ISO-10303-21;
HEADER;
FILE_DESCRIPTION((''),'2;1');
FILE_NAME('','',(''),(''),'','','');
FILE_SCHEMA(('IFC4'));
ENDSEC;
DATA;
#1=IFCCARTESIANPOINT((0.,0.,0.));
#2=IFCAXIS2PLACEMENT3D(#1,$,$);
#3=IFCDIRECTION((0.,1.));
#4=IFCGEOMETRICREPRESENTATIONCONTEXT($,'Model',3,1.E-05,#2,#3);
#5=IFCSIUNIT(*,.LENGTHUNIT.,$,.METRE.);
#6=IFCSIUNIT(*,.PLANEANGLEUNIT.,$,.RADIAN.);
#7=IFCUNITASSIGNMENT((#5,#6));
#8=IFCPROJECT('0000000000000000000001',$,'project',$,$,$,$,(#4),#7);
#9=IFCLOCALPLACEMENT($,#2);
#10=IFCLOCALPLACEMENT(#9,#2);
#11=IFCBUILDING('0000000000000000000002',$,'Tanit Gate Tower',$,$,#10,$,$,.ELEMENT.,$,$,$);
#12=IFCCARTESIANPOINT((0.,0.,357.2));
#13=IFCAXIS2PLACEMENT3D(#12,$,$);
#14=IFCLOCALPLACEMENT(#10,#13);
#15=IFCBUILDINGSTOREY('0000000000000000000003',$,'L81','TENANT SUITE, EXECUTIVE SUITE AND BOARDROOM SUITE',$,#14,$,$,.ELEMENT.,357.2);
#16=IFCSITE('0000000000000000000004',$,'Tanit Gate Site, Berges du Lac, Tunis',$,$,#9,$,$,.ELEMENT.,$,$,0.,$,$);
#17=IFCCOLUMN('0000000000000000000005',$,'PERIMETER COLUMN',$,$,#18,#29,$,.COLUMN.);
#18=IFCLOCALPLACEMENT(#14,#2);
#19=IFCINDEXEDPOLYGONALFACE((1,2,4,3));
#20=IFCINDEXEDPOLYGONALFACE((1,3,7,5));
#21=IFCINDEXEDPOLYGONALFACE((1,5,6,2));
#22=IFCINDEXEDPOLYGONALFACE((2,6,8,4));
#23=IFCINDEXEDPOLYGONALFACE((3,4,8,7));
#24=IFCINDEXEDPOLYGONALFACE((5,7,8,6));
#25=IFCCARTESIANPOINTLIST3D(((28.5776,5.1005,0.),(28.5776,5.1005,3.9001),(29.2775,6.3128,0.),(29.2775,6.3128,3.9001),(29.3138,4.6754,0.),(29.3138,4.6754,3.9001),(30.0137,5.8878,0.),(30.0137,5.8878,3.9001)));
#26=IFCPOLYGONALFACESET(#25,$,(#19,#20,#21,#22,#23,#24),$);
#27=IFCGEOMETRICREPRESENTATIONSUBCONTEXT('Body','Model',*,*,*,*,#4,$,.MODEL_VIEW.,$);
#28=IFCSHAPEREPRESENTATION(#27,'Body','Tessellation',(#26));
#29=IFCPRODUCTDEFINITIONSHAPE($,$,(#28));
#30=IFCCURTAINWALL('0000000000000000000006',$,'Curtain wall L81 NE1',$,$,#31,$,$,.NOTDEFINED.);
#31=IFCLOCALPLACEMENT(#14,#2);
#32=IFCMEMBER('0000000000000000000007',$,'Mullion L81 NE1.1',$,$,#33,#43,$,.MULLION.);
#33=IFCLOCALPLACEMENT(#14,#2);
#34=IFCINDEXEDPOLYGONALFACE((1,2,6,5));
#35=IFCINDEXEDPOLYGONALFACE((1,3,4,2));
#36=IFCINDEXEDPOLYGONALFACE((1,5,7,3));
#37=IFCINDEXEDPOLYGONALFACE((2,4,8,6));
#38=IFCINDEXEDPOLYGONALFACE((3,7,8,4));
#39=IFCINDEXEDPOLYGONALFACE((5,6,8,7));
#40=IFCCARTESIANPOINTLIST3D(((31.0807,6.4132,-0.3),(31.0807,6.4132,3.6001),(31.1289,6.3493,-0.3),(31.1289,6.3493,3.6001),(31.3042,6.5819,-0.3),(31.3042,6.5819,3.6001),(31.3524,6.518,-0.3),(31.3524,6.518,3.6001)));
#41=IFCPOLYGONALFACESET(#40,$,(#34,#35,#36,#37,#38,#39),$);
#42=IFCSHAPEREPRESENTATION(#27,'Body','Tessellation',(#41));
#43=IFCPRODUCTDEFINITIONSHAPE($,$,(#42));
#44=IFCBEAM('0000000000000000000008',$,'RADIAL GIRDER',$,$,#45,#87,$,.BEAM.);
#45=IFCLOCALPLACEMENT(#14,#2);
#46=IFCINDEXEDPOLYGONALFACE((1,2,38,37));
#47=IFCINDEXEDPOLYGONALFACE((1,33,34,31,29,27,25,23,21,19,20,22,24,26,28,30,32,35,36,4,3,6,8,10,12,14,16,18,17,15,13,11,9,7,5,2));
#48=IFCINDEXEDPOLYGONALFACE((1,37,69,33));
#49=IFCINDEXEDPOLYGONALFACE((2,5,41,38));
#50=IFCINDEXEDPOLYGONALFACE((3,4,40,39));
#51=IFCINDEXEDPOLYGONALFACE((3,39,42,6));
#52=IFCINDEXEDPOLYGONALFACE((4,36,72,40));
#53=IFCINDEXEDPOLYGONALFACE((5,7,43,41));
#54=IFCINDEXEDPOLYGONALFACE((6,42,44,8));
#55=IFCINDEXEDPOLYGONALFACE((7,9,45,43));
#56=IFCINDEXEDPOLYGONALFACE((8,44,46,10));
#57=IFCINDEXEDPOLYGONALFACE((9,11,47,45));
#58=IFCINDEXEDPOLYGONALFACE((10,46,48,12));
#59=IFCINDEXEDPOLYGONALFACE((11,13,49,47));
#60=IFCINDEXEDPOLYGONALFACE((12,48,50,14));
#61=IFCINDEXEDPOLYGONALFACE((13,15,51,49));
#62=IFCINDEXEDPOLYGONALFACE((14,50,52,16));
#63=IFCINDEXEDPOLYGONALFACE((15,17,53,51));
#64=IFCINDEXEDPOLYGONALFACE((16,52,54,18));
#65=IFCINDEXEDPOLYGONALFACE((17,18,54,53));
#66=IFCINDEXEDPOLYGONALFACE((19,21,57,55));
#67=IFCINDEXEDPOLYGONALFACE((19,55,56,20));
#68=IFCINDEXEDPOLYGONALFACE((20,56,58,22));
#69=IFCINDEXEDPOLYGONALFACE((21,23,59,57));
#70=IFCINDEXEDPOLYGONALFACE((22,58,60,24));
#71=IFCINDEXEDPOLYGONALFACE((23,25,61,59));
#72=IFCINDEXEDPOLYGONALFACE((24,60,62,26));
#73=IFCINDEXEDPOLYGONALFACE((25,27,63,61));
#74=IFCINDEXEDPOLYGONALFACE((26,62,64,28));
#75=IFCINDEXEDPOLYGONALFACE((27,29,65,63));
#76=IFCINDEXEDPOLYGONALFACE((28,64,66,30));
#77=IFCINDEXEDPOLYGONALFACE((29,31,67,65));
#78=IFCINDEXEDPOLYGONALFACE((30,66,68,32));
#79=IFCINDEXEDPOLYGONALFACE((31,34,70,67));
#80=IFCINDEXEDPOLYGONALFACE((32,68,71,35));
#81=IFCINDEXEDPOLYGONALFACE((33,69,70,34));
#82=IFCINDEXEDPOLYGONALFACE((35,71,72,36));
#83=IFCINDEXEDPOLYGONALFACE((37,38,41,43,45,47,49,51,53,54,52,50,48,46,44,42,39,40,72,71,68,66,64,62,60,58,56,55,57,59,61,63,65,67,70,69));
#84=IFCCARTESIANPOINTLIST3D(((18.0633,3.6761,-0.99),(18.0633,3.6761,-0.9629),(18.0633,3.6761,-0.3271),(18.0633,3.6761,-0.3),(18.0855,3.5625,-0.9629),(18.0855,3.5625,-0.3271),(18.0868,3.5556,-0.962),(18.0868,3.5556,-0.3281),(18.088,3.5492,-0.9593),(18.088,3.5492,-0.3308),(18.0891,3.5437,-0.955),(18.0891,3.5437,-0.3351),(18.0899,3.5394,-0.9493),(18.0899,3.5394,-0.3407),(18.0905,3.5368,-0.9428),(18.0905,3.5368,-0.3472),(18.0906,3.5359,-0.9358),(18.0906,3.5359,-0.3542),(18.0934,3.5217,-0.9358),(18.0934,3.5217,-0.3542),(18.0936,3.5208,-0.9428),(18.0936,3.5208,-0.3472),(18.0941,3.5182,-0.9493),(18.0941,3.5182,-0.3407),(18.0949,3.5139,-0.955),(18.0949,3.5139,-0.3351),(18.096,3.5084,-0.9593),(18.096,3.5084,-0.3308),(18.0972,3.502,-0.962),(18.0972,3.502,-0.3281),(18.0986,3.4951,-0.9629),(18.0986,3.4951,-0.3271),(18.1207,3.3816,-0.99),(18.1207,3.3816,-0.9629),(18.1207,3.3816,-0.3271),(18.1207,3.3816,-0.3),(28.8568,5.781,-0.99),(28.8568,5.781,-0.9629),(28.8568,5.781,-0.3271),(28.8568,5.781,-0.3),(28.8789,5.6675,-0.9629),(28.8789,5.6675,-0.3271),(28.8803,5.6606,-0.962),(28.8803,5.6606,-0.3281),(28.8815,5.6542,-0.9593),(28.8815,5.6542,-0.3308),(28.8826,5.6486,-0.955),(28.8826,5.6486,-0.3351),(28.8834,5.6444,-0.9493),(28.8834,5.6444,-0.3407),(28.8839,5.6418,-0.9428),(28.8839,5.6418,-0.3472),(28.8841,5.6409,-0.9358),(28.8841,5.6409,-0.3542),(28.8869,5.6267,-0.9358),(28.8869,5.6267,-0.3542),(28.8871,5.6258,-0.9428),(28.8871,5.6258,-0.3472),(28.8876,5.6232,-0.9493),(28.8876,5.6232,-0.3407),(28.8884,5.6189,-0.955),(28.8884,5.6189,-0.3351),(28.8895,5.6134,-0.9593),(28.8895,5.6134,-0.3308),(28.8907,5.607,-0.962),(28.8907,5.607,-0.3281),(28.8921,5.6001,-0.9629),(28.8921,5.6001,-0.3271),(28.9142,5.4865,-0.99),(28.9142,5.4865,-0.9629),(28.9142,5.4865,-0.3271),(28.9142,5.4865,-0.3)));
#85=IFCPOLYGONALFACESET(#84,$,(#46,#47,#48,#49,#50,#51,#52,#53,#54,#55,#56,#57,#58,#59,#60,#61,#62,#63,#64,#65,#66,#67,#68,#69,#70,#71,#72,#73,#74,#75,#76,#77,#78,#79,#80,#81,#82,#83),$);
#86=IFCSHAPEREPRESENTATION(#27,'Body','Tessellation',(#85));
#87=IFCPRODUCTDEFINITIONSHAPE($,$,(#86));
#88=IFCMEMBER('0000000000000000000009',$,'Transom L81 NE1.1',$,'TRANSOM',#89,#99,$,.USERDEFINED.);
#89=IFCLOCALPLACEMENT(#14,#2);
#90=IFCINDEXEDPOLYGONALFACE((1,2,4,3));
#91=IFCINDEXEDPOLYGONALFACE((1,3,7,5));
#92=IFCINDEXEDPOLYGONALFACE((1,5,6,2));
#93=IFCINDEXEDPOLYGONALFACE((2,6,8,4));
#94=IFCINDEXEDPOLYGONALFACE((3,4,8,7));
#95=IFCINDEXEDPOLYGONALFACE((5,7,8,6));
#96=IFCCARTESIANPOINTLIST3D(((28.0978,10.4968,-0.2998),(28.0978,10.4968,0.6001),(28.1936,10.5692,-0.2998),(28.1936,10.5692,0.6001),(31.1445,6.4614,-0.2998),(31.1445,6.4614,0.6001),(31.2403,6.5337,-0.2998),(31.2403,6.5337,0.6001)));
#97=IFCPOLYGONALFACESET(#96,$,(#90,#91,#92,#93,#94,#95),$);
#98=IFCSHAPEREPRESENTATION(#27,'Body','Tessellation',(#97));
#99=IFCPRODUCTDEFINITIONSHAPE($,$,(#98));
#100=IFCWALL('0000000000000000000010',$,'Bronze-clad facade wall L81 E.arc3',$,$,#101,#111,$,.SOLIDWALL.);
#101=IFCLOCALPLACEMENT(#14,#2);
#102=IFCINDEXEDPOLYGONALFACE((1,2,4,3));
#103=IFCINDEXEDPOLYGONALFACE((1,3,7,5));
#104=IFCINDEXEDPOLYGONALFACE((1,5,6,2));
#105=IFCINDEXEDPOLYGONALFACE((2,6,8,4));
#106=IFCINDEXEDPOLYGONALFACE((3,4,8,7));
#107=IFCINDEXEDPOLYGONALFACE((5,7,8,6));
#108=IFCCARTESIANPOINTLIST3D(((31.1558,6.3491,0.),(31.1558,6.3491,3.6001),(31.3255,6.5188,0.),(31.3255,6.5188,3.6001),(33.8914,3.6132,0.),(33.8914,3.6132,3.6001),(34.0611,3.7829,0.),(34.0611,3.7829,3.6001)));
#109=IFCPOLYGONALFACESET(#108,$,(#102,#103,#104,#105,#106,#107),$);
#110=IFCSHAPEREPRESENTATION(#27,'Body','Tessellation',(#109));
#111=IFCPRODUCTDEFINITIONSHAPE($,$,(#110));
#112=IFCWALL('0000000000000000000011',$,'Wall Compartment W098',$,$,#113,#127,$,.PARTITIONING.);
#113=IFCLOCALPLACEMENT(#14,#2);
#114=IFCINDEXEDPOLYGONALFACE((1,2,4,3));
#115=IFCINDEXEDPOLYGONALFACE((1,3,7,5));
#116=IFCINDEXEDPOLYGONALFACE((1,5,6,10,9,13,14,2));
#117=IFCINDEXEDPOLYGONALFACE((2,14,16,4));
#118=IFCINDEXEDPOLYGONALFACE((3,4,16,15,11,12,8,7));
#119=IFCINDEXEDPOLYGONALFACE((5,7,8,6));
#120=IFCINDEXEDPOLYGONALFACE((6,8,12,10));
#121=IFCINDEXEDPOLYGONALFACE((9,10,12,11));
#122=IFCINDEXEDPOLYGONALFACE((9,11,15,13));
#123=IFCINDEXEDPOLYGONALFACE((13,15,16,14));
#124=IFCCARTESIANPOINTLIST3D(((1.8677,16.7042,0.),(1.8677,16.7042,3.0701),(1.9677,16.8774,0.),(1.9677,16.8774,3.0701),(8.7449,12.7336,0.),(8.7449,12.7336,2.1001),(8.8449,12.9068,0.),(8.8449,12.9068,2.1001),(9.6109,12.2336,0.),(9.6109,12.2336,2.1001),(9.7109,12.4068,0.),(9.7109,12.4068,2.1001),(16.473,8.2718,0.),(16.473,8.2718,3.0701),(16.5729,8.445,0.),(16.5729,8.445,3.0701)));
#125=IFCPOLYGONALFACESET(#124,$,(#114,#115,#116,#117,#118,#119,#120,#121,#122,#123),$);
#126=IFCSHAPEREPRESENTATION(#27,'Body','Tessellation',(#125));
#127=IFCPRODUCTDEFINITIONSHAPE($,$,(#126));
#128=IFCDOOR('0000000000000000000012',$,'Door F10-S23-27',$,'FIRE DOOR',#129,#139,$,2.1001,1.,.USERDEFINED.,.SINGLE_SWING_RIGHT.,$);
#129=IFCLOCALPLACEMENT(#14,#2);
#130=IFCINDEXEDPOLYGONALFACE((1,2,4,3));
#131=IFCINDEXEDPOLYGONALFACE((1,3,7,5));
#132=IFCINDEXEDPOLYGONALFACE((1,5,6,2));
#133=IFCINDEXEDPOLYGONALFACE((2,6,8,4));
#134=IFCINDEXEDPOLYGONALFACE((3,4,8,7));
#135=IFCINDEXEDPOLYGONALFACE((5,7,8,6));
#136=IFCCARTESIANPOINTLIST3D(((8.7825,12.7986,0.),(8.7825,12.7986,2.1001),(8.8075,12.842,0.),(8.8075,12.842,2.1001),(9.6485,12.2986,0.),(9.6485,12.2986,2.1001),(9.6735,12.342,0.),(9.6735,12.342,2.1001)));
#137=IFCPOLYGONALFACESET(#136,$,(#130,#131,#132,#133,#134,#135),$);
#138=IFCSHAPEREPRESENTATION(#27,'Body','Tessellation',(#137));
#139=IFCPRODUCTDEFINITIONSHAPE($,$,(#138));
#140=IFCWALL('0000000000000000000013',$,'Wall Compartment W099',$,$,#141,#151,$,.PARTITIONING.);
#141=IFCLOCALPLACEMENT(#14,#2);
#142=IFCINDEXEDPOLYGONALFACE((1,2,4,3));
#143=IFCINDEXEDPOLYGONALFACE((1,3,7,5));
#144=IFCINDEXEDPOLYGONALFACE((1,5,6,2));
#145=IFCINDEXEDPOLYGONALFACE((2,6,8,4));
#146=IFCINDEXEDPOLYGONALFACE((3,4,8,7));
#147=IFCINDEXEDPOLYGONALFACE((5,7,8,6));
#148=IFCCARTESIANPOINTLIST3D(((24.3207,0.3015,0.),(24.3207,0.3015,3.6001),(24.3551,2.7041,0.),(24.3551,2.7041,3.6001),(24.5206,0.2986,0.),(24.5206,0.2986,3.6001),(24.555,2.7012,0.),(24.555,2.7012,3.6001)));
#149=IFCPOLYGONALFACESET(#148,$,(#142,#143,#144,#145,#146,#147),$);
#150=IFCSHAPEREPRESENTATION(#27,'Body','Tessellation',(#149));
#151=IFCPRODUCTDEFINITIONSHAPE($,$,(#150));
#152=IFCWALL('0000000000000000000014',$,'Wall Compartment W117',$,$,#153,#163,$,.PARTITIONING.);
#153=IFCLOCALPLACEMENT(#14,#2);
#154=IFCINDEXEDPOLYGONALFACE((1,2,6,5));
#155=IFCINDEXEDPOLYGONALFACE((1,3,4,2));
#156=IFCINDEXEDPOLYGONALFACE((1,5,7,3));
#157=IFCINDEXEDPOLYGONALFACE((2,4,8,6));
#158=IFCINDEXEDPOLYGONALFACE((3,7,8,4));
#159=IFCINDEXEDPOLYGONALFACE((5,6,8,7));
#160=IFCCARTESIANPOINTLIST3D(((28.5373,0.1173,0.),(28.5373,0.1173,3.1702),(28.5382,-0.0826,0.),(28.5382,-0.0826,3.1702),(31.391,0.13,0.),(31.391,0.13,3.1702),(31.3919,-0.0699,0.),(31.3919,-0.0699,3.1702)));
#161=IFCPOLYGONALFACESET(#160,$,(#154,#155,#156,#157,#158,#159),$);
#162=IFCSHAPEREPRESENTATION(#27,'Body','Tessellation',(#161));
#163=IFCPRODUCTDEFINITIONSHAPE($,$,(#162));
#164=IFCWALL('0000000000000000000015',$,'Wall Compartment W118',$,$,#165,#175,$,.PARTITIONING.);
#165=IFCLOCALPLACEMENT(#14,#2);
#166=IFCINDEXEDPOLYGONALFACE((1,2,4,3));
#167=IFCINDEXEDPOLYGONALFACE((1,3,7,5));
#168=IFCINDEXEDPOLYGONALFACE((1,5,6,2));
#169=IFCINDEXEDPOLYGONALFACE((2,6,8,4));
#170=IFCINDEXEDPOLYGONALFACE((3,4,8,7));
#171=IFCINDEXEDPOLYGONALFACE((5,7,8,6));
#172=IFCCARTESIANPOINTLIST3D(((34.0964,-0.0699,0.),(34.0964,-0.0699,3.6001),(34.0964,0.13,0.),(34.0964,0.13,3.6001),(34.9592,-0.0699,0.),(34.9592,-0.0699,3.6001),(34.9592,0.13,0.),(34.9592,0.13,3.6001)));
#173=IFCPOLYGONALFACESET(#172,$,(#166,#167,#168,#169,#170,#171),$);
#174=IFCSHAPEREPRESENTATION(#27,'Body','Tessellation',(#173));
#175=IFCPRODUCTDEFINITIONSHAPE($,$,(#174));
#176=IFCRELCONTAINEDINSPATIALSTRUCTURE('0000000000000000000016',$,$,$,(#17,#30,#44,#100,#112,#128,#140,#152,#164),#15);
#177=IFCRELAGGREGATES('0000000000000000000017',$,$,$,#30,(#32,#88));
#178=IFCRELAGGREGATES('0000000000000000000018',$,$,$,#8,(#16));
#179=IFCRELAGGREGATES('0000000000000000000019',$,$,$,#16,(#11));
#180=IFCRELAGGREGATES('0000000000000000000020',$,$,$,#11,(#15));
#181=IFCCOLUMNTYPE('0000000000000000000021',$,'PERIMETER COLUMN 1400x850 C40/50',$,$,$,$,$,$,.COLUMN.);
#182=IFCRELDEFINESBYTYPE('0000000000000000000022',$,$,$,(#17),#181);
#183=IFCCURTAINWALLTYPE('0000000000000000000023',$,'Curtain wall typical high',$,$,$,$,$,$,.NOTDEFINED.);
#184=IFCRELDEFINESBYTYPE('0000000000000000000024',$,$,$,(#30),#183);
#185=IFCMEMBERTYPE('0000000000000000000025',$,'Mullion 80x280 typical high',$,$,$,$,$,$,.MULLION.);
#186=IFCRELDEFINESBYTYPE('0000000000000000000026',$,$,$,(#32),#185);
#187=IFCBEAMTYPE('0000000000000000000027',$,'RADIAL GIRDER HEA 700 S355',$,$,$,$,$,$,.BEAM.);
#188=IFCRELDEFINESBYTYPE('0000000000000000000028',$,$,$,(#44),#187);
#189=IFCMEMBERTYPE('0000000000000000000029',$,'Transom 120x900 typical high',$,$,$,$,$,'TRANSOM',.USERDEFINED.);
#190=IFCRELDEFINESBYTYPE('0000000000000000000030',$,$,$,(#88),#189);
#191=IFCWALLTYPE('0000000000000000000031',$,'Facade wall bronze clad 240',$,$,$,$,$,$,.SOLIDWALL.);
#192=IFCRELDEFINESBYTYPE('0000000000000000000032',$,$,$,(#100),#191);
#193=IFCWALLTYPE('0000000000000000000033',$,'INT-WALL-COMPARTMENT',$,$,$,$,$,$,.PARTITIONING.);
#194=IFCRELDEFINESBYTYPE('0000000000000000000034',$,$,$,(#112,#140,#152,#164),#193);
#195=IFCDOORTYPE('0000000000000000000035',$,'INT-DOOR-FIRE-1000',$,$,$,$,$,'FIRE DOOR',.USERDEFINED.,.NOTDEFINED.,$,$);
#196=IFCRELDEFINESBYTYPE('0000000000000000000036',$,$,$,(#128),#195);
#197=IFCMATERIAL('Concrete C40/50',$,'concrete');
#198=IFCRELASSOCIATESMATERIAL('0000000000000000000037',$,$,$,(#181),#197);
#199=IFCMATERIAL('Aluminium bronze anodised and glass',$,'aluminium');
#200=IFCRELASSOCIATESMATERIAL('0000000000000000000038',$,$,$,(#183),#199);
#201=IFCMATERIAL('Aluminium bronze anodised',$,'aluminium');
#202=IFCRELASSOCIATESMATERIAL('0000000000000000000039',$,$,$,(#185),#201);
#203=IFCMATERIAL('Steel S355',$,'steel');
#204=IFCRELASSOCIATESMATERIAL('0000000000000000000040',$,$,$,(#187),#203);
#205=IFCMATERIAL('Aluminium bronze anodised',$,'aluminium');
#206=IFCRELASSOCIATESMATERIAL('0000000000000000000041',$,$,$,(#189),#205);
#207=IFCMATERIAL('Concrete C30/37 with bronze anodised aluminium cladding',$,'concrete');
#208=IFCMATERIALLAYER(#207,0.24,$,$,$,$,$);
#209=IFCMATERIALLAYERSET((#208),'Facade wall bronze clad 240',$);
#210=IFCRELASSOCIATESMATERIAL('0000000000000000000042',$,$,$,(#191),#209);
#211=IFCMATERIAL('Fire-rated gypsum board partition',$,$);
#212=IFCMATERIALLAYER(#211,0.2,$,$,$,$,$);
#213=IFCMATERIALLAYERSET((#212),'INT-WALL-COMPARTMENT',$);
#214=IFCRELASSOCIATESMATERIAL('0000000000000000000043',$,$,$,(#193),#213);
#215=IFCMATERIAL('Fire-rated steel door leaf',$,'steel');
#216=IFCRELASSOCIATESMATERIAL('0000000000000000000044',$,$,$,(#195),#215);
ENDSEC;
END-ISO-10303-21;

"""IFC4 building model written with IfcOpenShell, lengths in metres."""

from ifc_helpers import new_model, si_unit, direction, frame, frame_2d, origin, origin_2d, place, context, subcontext, project, spatial, rectangle, i_section, extrude, material, layer, layer_set, material_profile, profile_set, type_object, element, fill, aggregate, save


model = new_model("IFC4")

# Units and contexts
model_context = context("Model", 3, precision=1e-05, world=origin(), true_north=direction((0.0, 1.0)))
body_context = subcontext(model_context, "Body", "Model", "MODEL_VIEW")
ifc_project = project(units=[si_unit("LENGTHUNIT", "METRE"), si_unit("PLANEANGLEUNIT", "RADIAN")], contexts=[model_context])

# Site, building, storey
site_placement = place(None, origin())
site = spatial("IfcSite", under=ifc_project, at=site_placement, Name="Tanit Gate Site, Berges du Lac, Tunis", CompositionType="ELEMENT", RefElevation=0.0)
building_placement = place(site_placement, origin())
building = spatial("IfcBuilding", under=site, at=building_placement, Name="Tanit Gate Tower", CompositionType="ELEMENT")
storey_placement = place(building_placement, frame((0.0, 0.0, 357.2)))
storey = spatial("IfcBuildingStorey", under=building, at=storey_placement, Name="L81", Description="TENANT SUITE, EXECUTIVE SUITE AND BOARDROOM SUITE", CompositionType="ELEMENT", Elevation=357.2)

# Column
ifc_material_1 = material(Name="Concrete C40/50", Category="concrete")
ifc_material_profile_1 = material_profile(ifc_material_1, rectangle(XDim=1.3999, YDim=0.8501, at=origin_2d()), Name="RC 1400x850")
ifc_profile_set_1 = profile_set([ifc_material_profile_1], Name="Concrete C40/50")
column_type = type_object("IfcColumnType", Name="PERIMETER COLUMN 1400x850 C40/50", PredefinedType="COLUMN", material=ifc_profile_set_1)
column_placement = place(storey_placement, frame((29.2957, 5.4941, 0.0), z_axis=(0.0, 0.0, 1.0), x_axis=(0.5, 0.866025, 0.0)))
element("IfcColumn", 1, at=column_placement, inside=storey, type_object=column_type, Name="PERIMETER COLUMN", PredefinedType="COLUMN", context=body_context, shape_type="SweptSolid", body=[
    extrude(rectangle(XDim=1.3999, YDim=0.8501, at=origin_2d()), origin(), (0.0, 0.0, 1.0), 3.9001),
])

# Curtain wall, member
ifc_material_2 = material(Name="Aluminium bronze anodised and glass", Category="aluminium")
curtain_wall_type = type_object("IfcCurtainWallType", Name="Curtain wall typical high", PredefinedType="NOTDEFINED", material=ifc_material_2)
curtain_wall_placement = place(storey_placement, origin())
curtain_wall = element("IfcCurtainWall", 2, at=curtain_wall_placement, inside=storey, type_object=curtain_wall_type, Name="Curtain wall L81 NE1", PredefinedType="NOTDEFINED")
ifc_material_3 = material(Name="Aluminium bronze anodised", Category="aluminium")
ifc_material_profile_2 = material_profile(ifc_material_3, rectangle(XDim=0.28, YDim=0.0801, at=origin_2d()), Name="80x280 bronze mullion")
ifc_profile_set_2 = profile_set([ifc_material_profile_2], Name="Aluminium bronze anodised")
member_type_1 = type_object("IfcMemberType", Name="Mullion 80x280 typical high", PredefinedType="MULLION", material=ifc_profile_set_2)
member_1_placement = place(storey_placement, frame((31.2166, 6.4656, -0.3), z_axis=(0.0, 0.0, 1.0), x_axis=(-0.798096, -0.602531, 0.0)))
member_1 = element("IfcMember", 3, at=member_1_placement, type_object=member_type_1, Name="Mullion L81 NE1.1", PredefinedType="MULLION", context=body_context, shape_type="SweptSolid", body=[
    extrude(rectangle(XDim=0.28, YDim=0.0801, at=origin_2d()), origin(), (0.0, 0.0, 1.0), 3.9001),
])

# Beam
ifc_material_4 = material(Name="Steel S355", Category="steel")
ifc_material_profile_3 = material_profile(ifc_material_4, i_section(OverallWidth=0.3, OverallDepth=0.6899, WebThickness=0.0144, FlangeThickness=0.0271, FilletRadius=0.0271, at=origin_2d()), Name="HEA 700")
ifc_profile_set_3 = profile_set([ifc_material_profile_3], Name="Steel S355")
beam_type = type_object("IfcBeamType", Name="RADIAL GIRDER HEA 700 S355", PredefinedType="BEAM", material=ifc_profile_set_3)
beam_placement = place(storey_placement, frame((28.8855, 5.6338, -0.645), z_axis=(-0.981509, -0.191418, 0.0), x_axis=(0.191418, -0.981509, 0.0)))
element("IfcBeam", 4, at=beam_placement, inside=storey, type_object=beam_type, Name="RADIAL GIRDER", PredefinedType="BEAM", context=body_context, shape_type="SweptSolid", body=[
    extrude(i_section(OverallWidth=0.3, OverallDepth=0.6899, WebThickness=0.0144, FlangeThickness=0.0271, FilletRadius=0.0271, at=origin_2d()), origin(), (0.0, 0.0, 1.0), 10.9968),
])

# Member
ifc_material_5 = material(Name="Aluminium bronze anodised", Category="aluminium")
ifc_material_profile_4 = material_profile(ifc_material_5, rectangle(XDim=0.1201, YDim=0.8999, at=origin_2d()), Name="120x900 bronze transom")
ifc_profile_set_4 = profile_set([ifc_material_profile_4], Name="Aluminium bronze anodised")
member_type_2 = type_object("IfcMemberType", Name="Transom 120x900 typical high", ElementType="TRANSOM", PredefinedType="USERDEFINED", material=ifc_profile_set_4)
member_2_placement = place(storey_placement, frame((31.1924, 6.4976, 0.1501), z_axis=(-0.602539, 0.79809, 0.0), x_axis=(-0.79809, -0.602539, 0.0)))
member_2 = element("IfcMember", 5, at=member_2_placement, type_object=member_type_2, Name="Transom L81 NE1.1", ObjectType="TRANSOM", PredefinedType="USERDEFINED", context=body_context, shape_type="SweptSolid", body=[
    extrude(rectangle(XDim=0.1201, YDim=0.8999, at=origin_2d()), origin(), (0.0, 0.0, 1.0), 5.0564),
])
aggregate(curtain_wall, [member_1, member_2])

# Wall
ifc_material_6 = material(Name="Concrete C30/37 with bronze anodised aluminium cladding", Category="concrete")
ifc_layer_1 = layer(ifc_material_6, 0.24)
ifc_layer_set_1 = layer_set([ifc_layer_1], Name="Facade wall bronze clad 240")
wall_type_1 = type_object("IfcWallType", Name="Facade wall bronze clad 240", PredefinedType="SOLIDWALL", material=ifc_layer_set_1)
wall_1_placement = place(storey_placement, frame((33.9763, 3.698, 0.0), z_axis=(0.0, 0.0, 1.0), x_axis=(-0.707075, 0.707138, 0.0)))
element("IfcWall", 6, at=wall_1_placement, inside=storey, type_object=wall_type_1, Name="Bronze-clad facade wall L81 E.arc3", PredefinedType="SOLIDWALL", context=body_context, shape_type="SweptSolid", body=[
    extrude(rectangle(XDim=3.8689, YDim=0.24, at=frame_2d((1.9346, 0.0))), origin(), (0.0, 0.0, 1.0), 3.6001),
])

# Wall, opening, door
ifc_material_7 = material(Name="Fire-rated gypsum board partition")
ifc_layer_2 = layer(ifc_material_7, 0.2)
ifc_layer_set_2 = layer_set([ifc_layer_2], Name="INT-WALL-COMPARTMENT")
wall_type_2 = type_object("IfcWallType", Name="INT-WALL-COMPARTMENT", PredefinedType="PARTITIONING", material=ifc_layer_set_2)
wall_2_placement = place(storey_placement, frame((16.5229, 8.3584, 0.0), z_axis=(0.0, 0.0, 1.0), x_axis=(-0.866024, 0.500002, 0.0)))
wall_2 = element("IfcWall", 7, at=wall_2_placement, inside=storey, type_object=wall_type_2, Name="Wall Compartment W098", PredefinedType="PARTITIONING", context=body_context, shape_type="SweptSolid", body=[
    extrude(rectangle(XDim=16.8647, YDim=0.2, at=frame_2d((8.4324, 0.0))), origin(), (0.0, 0.0, 1.0), 3.0701),
])
opening_1_placement = place(wall_2_placement, frame((7.9236, 0.0, 0.0)))
opening_1 = element("IfcOpeningElement", 8, at=opening_1_placement, cuts=wall_2, PredefinedType="OPENING", context=body_context, shape_type="SweptSolid", body=[
    extrude(rectangle(XDim=1.0, YDim=2.1001, at=frame_2d((0.5, 1.05))), frame((0.0, 0.1099, 0.0), z_axis=(0.0, -1.0, 0.0), x_axis=(1.0, 0.0, 0.0)), (0.0, 0.0, 1.0), 0.22),
])
ifc_material_8 = material(Name="Fire-rated steel door leaf", Category="steel")
door_type_1 = type_object("IfcDoorType", Name="INT-DOOR-FIRE-1000", ElementType="FIRE DOOR", OperationType="NOTDEFINED", PredefinedType="USERDEFINED", material=ifc_material_8)
door_1_placement = place(opening_1_placement, origin())
door_1 = element("IfcDoor", 9, at=door_1_placement, inside=storey, type_object=door_type_1, Name="Door F10-S23-27", ObjectType="FIRE DOOR", OperationType="SINGLE_SWING_RIGHT", OverallHeight=2.1001, OverallWidth=1.0, PredefinedType="USERDEFINED", context=body_context, shape_type="SweptSolid", body=[
    extrude(rectangle(XDim=1.0, YDim=2.1001, at=frame_2d((0.5, 1.05))), frame((0.0, 0.0249, 0.0), z_axis=(0.0, -1.0, 0.0), x_axis=(1.0, 0.0, 0.0)), (0.0, 0.0, 1.0), 0.05),
])
fill(opening_1, door_1)

# Walls
wall_3_placement = place(storey_placement, frame((24.4207, 0.3, 0.0), z_axis=(0.0, 0.0, 1.0), x_axis=(0.014326, 0.999897, 0.0)))
element("IfcWall", 10, at=wall_3_placement, inside=storey, type_object=wall_type_2, Name="Wall Compartment W099", PredefinedType="PARTITIONING", context=body_context, shape_type="SweptSolid", body=[
    extrude(rectangle(XDim=2.4028, YDim=0.2, at=frame_2d((1.2014, 0.0))), origin(), (0.0, 0.0, 1.0), 3.6001),
])
wall_4_placement = place(storey_placement, frame((28.5378, 0.0173, 0.0), z_axis=(0.0, 0.0, 1.0), x_axis=(0.99999, 0.004449, 0.0)))
element("IfcWall", 11, at=wall_4_placement, inside=storey, type_object=wall_type_2, Name="Wall Compartment W117", PredefinedType="PARTITIONING", context=body_context, shape_type="SweptSolid", body=[
    extrude(rectangle(XDim=2.8538, YDim=0.2, at=frame_2d((1.4268, 0.0))), origin(), (0.0, 0.0, 1.0), 3.1702),
])
wall_5_placement = place(storey_placement, frame((34.0964, 0.03, 0.0), z_axis=(0.0, 0.0, 1.0), x_axis=(1.0, 0.0, 0.0)))
element("IfcWall", 12, at=wall_5_placement, inside=storey, type_object=wall_type_2, Name="Wall Compartment W118", PredefinedType="PARTITIONING", context=body_context, shape_type="SweptSolid", body=[
    extrude(rectangle(XDim=0.8628, YDim=0.2, at=frame_2d((0.4314, 0.0))), origin(), (0.0, 0.0, 1.0), 3.6001),
])

save(model, "model.ifc")
